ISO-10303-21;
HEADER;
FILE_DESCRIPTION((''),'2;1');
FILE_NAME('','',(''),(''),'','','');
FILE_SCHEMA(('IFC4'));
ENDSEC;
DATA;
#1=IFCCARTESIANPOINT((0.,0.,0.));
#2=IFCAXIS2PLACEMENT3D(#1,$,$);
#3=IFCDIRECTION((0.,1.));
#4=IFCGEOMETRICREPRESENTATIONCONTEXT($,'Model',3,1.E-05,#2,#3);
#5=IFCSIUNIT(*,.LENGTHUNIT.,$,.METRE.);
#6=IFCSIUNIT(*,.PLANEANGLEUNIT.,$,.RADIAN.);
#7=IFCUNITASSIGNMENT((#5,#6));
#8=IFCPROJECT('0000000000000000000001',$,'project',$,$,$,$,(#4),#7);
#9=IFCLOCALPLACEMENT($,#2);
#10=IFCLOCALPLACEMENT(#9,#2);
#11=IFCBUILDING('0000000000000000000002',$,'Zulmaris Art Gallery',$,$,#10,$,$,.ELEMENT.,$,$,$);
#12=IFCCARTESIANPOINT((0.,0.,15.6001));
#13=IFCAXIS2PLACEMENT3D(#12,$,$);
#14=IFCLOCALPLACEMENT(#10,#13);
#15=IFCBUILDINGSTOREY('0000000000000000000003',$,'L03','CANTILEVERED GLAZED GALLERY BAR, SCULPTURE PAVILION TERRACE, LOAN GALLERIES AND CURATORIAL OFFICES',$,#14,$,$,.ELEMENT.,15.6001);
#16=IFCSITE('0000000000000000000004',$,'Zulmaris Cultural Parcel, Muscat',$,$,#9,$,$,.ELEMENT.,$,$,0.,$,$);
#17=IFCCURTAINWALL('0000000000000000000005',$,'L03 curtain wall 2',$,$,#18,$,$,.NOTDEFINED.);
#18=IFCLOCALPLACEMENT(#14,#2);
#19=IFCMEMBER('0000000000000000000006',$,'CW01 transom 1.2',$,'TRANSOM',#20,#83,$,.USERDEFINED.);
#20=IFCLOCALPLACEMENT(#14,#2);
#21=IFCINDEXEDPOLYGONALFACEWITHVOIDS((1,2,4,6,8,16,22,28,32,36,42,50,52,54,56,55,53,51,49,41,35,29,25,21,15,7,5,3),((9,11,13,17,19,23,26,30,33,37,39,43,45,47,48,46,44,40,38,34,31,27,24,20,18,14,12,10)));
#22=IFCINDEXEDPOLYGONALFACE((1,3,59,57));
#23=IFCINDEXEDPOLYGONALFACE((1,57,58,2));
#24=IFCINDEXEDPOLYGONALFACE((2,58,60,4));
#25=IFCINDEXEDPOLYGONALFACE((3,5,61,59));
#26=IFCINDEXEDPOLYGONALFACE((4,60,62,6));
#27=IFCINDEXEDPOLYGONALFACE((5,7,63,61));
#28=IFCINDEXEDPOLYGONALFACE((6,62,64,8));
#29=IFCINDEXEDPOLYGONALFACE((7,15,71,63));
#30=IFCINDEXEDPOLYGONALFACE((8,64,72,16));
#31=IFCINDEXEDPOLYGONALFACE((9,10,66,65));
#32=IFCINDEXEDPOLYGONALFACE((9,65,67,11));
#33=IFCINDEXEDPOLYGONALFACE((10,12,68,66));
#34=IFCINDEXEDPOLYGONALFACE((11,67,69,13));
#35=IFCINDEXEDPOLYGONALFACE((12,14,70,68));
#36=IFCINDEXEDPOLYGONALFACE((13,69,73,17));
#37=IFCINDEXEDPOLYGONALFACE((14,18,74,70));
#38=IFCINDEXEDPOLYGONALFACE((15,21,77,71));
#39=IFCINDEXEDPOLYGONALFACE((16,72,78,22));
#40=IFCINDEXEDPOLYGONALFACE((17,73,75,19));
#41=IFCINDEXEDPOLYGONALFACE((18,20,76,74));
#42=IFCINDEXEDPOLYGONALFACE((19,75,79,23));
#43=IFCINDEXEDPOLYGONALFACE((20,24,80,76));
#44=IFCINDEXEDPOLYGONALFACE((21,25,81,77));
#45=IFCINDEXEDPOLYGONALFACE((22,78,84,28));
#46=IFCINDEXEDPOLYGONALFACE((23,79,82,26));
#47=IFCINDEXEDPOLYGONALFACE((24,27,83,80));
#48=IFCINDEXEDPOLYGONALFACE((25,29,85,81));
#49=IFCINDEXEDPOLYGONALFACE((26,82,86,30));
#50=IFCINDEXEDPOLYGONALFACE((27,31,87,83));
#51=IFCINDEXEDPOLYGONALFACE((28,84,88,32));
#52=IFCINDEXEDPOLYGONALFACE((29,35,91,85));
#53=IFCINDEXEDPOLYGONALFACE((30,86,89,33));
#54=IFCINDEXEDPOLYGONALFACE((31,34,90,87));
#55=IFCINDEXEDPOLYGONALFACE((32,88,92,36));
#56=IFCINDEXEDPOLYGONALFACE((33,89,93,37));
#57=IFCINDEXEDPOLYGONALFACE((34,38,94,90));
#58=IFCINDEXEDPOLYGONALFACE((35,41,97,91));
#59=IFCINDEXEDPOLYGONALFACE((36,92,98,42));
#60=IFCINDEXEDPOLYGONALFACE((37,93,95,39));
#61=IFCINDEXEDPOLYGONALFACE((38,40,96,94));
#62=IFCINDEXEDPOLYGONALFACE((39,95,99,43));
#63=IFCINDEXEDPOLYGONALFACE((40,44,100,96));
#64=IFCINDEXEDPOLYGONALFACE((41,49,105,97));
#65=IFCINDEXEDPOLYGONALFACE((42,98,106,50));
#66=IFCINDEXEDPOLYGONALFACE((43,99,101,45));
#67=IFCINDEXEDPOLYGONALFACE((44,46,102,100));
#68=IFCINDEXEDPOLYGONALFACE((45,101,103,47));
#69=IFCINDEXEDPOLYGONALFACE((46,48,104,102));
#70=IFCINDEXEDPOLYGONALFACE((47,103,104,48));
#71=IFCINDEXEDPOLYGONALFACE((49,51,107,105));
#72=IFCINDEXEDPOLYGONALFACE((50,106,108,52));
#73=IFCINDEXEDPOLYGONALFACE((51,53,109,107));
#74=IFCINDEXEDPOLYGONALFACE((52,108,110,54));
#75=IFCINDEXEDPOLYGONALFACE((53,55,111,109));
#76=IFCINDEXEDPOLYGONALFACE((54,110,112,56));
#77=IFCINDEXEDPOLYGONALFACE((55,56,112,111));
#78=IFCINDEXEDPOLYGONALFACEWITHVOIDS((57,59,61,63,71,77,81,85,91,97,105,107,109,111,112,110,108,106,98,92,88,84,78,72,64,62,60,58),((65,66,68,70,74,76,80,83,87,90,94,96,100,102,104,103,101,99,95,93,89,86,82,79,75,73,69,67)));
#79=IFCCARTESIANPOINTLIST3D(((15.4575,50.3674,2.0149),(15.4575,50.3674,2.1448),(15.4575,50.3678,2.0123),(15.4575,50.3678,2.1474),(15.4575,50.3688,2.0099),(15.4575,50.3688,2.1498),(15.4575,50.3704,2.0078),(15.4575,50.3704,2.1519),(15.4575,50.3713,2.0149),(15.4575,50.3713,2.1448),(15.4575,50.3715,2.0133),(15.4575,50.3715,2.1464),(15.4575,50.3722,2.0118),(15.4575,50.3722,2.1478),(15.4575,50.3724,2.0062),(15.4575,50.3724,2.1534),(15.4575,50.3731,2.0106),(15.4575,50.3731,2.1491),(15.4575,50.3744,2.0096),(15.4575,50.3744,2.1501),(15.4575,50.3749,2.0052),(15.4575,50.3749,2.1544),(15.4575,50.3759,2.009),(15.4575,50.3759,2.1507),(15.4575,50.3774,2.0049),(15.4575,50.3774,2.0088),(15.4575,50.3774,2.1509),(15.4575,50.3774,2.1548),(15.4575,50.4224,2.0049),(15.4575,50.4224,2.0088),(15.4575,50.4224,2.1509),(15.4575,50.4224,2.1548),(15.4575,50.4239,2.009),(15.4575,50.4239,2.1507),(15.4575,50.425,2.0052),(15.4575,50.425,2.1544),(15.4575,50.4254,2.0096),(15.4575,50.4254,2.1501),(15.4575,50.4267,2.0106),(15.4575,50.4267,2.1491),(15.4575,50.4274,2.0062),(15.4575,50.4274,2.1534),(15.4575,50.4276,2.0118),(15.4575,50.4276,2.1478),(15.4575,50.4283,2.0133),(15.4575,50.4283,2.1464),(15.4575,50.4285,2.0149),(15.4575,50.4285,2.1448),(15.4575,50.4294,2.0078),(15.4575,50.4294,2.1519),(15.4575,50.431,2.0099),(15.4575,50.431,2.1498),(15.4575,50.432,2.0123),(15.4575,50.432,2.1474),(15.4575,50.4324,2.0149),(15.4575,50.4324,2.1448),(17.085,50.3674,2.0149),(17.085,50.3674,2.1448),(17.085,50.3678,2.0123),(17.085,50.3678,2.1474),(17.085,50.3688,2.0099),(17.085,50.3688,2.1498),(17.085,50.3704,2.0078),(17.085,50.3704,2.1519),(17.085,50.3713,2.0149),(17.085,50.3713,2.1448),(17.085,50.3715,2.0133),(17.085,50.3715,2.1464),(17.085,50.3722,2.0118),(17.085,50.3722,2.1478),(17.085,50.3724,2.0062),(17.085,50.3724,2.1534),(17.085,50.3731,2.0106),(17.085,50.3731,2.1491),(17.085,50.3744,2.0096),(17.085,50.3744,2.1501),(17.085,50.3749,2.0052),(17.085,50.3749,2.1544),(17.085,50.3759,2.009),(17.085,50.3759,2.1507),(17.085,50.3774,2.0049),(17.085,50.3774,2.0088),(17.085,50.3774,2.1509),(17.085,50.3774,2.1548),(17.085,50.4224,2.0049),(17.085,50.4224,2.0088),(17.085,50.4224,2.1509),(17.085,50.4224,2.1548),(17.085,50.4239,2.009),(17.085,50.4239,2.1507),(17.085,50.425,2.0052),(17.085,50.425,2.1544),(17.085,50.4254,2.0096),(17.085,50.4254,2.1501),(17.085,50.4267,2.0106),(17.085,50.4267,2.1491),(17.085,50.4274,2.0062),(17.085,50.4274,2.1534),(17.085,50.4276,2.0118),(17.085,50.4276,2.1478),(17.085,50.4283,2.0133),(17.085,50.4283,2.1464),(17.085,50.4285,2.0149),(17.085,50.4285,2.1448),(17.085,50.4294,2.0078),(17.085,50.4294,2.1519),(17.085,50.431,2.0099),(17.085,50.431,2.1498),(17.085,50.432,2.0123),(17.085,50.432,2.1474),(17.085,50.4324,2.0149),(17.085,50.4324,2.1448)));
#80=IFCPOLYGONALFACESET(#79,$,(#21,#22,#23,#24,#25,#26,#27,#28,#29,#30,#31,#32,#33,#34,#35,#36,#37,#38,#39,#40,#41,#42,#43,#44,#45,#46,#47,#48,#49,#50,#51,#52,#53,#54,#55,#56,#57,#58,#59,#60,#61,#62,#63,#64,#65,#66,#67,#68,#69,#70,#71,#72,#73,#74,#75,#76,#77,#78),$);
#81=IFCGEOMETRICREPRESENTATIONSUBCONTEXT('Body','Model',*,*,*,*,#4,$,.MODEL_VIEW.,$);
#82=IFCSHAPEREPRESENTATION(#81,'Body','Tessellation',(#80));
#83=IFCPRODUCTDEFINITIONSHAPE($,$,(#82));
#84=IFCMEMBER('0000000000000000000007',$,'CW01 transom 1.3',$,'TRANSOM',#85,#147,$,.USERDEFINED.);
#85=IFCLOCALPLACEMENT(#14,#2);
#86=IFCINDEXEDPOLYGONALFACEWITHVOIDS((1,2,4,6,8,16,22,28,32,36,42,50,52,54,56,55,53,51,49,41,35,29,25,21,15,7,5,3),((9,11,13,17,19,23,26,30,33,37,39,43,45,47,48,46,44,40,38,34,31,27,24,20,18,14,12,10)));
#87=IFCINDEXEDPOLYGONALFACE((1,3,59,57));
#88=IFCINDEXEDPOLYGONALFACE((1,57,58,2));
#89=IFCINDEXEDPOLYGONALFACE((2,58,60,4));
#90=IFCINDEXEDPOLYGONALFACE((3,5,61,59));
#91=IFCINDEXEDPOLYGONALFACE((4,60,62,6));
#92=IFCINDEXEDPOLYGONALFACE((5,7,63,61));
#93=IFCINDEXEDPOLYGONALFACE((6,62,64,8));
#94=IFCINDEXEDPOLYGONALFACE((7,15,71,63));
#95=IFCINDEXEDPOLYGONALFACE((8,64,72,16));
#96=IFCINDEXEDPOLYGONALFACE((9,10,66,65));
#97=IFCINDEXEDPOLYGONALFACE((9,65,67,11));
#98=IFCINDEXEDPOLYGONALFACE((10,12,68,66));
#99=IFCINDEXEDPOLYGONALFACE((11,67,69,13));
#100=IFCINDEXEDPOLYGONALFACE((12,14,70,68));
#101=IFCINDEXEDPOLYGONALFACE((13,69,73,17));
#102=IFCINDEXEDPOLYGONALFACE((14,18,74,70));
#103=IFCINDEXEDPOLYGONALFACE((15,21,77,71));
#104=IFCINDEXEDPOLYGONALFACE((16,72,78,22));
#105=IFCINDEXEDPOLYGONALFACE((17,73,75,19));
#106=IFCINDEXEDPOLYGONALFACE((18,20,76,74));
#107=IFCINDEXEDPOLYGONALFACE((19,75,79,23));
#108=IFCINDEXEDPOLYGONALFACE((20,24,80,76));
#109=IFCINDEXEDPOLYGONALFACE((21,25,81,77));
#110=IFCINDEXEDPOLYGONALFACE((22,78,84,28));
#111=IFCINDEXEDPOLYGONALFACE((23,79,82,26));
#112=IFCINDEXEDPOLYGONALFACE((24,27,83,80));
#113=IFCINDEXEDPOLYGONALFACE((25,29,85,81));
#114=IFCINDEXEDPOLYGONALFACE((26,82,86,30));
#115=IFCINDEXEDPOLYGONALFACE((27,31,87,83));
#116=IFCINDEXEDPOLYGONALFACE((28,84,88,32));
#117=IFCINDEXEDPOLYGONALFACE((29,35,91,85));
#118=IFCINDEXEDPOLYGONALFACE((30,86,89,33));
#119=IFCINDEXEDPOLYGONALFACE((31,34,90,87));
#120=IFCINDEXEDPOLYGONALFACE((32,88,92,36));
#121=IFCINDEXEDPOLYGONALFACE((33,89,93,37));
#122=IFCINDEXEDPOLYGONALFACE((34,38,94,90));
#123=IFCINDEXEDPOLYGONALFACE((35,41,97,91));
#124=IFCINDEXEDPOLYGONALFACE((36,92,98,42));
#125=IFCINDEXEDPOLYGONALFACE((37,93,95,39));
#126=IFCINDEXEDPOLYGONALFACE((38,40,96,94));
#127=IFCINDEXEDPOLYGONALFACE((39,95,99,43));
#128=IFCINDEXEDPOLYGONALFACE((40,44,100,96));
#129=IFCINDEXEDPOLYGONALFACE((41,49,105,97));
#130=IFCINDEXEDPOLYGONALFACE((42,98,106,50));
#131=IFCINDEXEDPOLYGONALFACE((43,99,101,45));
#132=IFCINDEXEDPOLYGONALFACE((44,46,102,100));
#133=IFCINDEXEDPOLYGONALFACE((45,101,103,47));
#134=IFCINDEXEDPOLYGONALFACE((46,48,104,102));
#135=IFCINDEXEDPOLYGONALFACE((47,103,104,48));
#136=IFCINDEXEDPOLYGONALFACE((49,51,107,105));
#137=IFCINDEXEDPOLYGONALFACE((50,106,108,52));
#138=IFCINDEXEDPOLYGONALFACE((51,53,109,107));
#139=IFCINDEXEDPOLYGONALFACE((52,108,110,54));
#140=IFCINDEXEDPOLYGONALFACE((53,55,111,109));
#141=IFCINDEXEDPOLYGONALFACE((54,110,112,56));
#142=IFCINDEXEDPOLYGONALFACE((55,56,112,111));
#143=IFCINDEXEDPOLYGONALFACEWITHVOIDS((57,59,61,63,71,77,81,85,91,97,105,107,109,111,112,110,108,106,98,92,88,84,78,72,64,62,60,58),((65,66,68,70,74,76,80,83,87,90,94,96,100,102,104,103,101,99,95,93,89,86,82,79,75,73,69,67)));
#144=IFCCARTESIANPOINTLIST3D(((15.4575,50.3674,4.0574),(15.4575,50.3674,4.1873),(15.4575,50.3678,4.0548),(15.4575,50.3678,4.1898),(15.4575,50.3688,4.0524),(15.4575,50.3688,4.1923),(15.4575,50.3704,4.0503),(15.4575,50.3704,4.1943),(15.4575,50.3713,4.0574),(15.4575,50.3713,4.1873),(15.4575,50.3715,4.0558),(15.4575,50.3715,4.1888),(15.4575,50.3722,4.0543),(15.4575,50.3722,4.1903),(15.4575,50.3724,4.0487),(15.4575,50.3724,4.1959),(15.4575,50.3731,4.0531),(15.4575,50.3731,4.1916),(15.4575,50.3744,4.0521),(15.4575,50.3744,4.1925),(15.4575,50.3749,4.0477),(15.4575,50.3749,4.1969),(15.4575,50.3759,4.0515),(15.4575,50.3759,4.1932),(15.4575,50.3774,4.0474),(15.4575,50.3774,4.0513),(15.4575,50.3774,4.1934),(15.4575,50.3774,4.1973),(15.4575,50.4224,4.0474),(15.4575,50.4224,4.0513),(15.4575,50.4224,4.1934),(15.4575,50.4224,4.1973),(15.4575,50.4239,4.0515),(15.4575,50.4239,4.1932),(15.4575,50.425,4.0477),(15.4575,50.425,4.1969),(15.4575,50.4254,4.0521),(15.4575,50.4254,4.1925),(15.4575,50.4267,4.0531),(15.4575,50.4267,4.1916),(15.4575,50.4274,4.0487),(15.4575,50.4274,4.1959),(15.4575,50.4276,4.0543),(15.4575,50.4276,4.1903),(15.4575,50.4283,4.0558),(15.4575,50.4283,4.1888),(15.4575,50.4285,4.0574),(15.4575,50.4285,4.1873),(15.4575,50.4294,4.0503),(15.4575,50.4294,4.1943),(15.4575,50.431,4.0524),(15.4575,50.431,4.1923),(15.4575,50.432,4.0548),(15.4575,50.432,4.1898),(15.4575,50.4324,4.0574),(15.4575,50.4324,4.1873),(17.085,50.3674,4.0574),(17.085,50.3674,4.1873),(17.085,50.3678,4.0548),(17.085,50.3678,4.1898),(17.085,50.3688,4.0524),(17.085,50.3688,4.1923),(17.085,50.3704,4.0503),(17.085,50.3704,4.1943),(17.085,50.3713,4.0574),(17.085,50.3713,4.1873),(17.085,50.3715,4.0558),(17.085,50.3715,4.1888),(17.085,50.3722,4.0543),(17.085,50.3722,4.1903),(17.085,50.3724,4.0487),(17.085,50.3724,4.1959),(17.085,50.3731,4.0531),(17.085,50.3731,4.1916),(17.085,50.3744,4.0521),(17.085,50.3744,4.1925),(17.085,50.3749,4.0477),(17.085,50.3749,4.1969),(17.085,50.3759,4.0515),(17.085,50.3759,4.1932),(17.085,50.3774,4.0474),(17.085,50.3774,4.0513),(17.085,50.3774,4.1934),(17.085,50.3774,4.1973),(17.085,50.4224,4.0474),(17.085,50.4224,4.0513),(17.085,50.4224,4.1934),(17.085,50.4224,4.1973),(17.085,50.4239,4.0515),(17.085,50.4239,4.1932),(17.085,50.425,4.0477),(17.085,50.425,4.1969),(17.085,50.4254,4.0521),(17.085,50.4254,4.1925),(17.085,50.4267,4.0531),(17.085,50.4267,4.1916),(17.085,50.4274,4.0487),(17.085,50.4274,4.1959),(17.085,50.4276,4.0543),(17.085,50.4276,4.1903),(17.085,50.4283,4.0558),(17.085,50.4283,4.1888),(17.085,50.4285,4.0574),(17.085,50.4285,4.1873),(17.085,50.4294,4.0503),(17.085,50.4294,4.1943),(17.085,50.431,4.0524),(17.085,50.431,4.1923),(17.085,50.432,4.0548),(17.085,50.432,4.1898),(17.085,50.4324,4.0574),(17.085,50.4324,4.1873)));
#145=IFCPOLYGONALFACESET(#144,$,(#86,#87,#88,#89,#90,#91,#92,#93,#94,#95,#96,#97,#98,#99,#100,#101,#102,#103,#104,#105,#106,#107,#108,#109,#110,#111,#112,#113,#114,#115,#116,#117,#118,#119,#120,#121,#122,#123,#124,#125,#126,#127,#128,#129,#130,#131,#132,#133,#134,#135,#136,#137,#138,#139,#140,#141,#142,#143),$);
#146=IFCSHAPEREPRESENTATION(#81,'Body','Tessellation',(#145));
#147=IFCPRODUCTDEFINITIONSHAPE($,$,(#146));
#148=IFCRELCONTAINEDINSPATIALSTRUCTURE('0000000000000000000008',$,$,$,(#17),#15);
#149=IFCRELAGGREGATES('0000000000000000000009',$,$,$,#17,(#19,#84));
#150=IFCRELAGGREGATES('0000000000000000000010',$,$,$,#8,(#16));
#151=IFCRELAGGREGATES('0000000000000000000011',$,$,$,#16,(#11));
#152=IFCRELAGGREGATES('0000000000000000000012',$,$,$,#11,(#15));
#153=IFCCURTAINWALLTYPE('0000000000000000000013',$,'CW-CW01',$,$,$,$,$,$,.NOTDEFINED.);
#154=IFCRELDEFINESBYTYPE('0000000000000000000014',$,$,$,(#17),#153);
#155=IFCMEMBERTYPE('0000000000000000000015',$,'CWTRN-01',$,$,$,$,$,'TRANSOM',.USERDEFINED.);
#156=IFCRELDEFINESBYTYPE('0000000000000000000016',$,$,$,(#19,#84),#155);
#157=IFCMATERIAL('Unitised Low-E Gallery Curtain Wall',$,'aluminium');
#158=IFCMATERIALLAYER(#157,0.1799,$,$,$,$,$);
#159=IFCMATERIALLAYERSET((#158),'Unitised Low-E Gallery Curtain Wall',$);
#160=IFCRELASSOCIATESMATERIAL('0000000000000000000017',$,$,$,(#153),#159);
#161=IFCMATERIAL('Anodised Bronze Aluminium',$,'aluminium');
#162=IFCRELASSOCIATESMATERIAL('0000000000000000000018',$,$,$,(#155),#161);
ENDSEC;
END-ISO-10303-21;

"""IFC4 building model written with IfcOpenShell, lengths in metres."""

from ifc_helpers import new_model, si_unit, direction, frame, origin, origin_2d, place, context, subcontext, project, spatial, hollow_rectangle, extrude, material, layer, layer_set, material_profile, profile_set, type_object, element, aggregate, save


model = new_model("IFC4")

# Units and contexts
model_context = context("Model", 3, precision=1e-05, world=origin(), true_north=direction((0.0, 1.0)))
body_context = subcontext(model_context, "Body", "Model", "MODEL_VIEW")
ifc_project = project(units=[si_unit("LENGTHUNIT", "METRE"), si_unit("PLANEANGLEUNIT", "RADIAN")], contexts=[model_context])

# Site, building, storey
site_placement = place(None, origin())
site = spatial("IfcSite", under=ifc_project, at=site_placement, Name="Zulmaris Cultural Parcel, Muscat", CompositionType="ELEMENT", RefElevation=0.0)
building_placement = place(site_placement, origin())
building = spatial("IfcBuilding", under=site, at=building_placement, Name="Zulmaris Art Gallery", CompositionType="ELEMENT")
storey_placement = place(building_placement, frame((0.0, 0.0, 15.6001)))
storey = spatial("IfcBuildingStorey", under=building, at=storey_placement, Name="L03", Description="CANTILEVERED GLAZED GALLERY BAR, SCULPTURE PAVILION TERRACE, LOAN GALLERIES AND CURATORIAL OFFICES", CompositionType="ELEMENT", Elevation=15.6001)

# Curtain wall
ifc_material_1 = material(Name="Unitised Low-E Gallery Curtain Wall", Category="aluminium")
ifc_layer_1 = layer(ifc_material_1, 0.1799)
ifc_layer_set_1 = layer_set([ifc_layer_1], Name="Unitised Low-E Gallery Curtain Wall")
curtain_wall_type = type_object("IfcCurtainWallType", Name="CW-CW01", PredefinedType="NOTDEFINED", material=ifc_layer_set_1)
curtain_wall_1_placement = place(storey_placement, origin())
curtain_wall_1 = element("IfcCurtainWall", 1, at=curtain_wall_1_placement, inside=storey, type_object=curtain_wall_type, Name="L03 curtain wall 2", PredefinedType="NOTDEFINED")
ifc_material_2 = material(Name="Anodised Bronze Aluminium", Category="aluminium")

# Members
ifc_material_profile_1 = material_profile(ifc_material_2, hollow_rectangle(XDim=0.0649, YDim=0.1499, WallThickness=0.0039, InnerFilletRadius=0.0061, OuterFilletRadius=0.01, at=origin_2d()), Name="ALU 65x150x4")
ifc_profile_set_1 = profile_set([ifc_material_profile_1], Name="Anodised Bronze Aluminium")
member_type_1 = type_object("IfcMemberType", Name="CWTRN-01", ElementType="TRANSOM", PredefinedType="USERDEFINED", material=ifc_profile_set_1)
member_1_placement = place(storey_placement, frame((17.085, 50.3999, 2.0798), z_axis=(-1.0, 0.0, 0.0), x_axis=(0.0, -1.0, 0.0)))
member_1 = element("IfcMember", 2, at=member_1_placement, type_object=member_type_1, Name="CW01 transom 1.2", ObjectType="TRANSOM", PredefinedType="USERDEFINED", context=body_context, shape_type="SweptSolid", body=[
    extrude(hollow_rectangle(XDim=0.0649, YDim=0.1499, WallThickness=0.0039, InnerFilletRadius=0.0061, OuterFilletRadius=0.01, at=origin_2d()), origin(), (0.0, 0.0, 1.0), 1.6274),
])
member_2_placement = place(storey_placement, frame((17.085, 50.3999, 4.1223), z_axis=(-1.0, 0.0, 0.0), x_axis=(0.0, -1.0, 0.0)))
member_2 = element("IfcMember", 3, at=member_2_placement, type_object=member_type_1, Name="CW01 transom 1.3", ObjectType="TRANSOM", PredefinedType="USERDEFINED", context=body_context, shape_type="SweptSolid", body=[
    extrude(hollow_rectangle(XDim=0.0649, YDim=0.1499, WallThickness=0.0039, InnerFilletRadius=0.0061, OuterFilletRadius=0.01, at=origin_2d()), origin(), (0.0, 0.0, 1.0), 1.6274),
])

aggregate(curtain_wall_1, [member_1, member_2])

save(model, "model.ifc")
